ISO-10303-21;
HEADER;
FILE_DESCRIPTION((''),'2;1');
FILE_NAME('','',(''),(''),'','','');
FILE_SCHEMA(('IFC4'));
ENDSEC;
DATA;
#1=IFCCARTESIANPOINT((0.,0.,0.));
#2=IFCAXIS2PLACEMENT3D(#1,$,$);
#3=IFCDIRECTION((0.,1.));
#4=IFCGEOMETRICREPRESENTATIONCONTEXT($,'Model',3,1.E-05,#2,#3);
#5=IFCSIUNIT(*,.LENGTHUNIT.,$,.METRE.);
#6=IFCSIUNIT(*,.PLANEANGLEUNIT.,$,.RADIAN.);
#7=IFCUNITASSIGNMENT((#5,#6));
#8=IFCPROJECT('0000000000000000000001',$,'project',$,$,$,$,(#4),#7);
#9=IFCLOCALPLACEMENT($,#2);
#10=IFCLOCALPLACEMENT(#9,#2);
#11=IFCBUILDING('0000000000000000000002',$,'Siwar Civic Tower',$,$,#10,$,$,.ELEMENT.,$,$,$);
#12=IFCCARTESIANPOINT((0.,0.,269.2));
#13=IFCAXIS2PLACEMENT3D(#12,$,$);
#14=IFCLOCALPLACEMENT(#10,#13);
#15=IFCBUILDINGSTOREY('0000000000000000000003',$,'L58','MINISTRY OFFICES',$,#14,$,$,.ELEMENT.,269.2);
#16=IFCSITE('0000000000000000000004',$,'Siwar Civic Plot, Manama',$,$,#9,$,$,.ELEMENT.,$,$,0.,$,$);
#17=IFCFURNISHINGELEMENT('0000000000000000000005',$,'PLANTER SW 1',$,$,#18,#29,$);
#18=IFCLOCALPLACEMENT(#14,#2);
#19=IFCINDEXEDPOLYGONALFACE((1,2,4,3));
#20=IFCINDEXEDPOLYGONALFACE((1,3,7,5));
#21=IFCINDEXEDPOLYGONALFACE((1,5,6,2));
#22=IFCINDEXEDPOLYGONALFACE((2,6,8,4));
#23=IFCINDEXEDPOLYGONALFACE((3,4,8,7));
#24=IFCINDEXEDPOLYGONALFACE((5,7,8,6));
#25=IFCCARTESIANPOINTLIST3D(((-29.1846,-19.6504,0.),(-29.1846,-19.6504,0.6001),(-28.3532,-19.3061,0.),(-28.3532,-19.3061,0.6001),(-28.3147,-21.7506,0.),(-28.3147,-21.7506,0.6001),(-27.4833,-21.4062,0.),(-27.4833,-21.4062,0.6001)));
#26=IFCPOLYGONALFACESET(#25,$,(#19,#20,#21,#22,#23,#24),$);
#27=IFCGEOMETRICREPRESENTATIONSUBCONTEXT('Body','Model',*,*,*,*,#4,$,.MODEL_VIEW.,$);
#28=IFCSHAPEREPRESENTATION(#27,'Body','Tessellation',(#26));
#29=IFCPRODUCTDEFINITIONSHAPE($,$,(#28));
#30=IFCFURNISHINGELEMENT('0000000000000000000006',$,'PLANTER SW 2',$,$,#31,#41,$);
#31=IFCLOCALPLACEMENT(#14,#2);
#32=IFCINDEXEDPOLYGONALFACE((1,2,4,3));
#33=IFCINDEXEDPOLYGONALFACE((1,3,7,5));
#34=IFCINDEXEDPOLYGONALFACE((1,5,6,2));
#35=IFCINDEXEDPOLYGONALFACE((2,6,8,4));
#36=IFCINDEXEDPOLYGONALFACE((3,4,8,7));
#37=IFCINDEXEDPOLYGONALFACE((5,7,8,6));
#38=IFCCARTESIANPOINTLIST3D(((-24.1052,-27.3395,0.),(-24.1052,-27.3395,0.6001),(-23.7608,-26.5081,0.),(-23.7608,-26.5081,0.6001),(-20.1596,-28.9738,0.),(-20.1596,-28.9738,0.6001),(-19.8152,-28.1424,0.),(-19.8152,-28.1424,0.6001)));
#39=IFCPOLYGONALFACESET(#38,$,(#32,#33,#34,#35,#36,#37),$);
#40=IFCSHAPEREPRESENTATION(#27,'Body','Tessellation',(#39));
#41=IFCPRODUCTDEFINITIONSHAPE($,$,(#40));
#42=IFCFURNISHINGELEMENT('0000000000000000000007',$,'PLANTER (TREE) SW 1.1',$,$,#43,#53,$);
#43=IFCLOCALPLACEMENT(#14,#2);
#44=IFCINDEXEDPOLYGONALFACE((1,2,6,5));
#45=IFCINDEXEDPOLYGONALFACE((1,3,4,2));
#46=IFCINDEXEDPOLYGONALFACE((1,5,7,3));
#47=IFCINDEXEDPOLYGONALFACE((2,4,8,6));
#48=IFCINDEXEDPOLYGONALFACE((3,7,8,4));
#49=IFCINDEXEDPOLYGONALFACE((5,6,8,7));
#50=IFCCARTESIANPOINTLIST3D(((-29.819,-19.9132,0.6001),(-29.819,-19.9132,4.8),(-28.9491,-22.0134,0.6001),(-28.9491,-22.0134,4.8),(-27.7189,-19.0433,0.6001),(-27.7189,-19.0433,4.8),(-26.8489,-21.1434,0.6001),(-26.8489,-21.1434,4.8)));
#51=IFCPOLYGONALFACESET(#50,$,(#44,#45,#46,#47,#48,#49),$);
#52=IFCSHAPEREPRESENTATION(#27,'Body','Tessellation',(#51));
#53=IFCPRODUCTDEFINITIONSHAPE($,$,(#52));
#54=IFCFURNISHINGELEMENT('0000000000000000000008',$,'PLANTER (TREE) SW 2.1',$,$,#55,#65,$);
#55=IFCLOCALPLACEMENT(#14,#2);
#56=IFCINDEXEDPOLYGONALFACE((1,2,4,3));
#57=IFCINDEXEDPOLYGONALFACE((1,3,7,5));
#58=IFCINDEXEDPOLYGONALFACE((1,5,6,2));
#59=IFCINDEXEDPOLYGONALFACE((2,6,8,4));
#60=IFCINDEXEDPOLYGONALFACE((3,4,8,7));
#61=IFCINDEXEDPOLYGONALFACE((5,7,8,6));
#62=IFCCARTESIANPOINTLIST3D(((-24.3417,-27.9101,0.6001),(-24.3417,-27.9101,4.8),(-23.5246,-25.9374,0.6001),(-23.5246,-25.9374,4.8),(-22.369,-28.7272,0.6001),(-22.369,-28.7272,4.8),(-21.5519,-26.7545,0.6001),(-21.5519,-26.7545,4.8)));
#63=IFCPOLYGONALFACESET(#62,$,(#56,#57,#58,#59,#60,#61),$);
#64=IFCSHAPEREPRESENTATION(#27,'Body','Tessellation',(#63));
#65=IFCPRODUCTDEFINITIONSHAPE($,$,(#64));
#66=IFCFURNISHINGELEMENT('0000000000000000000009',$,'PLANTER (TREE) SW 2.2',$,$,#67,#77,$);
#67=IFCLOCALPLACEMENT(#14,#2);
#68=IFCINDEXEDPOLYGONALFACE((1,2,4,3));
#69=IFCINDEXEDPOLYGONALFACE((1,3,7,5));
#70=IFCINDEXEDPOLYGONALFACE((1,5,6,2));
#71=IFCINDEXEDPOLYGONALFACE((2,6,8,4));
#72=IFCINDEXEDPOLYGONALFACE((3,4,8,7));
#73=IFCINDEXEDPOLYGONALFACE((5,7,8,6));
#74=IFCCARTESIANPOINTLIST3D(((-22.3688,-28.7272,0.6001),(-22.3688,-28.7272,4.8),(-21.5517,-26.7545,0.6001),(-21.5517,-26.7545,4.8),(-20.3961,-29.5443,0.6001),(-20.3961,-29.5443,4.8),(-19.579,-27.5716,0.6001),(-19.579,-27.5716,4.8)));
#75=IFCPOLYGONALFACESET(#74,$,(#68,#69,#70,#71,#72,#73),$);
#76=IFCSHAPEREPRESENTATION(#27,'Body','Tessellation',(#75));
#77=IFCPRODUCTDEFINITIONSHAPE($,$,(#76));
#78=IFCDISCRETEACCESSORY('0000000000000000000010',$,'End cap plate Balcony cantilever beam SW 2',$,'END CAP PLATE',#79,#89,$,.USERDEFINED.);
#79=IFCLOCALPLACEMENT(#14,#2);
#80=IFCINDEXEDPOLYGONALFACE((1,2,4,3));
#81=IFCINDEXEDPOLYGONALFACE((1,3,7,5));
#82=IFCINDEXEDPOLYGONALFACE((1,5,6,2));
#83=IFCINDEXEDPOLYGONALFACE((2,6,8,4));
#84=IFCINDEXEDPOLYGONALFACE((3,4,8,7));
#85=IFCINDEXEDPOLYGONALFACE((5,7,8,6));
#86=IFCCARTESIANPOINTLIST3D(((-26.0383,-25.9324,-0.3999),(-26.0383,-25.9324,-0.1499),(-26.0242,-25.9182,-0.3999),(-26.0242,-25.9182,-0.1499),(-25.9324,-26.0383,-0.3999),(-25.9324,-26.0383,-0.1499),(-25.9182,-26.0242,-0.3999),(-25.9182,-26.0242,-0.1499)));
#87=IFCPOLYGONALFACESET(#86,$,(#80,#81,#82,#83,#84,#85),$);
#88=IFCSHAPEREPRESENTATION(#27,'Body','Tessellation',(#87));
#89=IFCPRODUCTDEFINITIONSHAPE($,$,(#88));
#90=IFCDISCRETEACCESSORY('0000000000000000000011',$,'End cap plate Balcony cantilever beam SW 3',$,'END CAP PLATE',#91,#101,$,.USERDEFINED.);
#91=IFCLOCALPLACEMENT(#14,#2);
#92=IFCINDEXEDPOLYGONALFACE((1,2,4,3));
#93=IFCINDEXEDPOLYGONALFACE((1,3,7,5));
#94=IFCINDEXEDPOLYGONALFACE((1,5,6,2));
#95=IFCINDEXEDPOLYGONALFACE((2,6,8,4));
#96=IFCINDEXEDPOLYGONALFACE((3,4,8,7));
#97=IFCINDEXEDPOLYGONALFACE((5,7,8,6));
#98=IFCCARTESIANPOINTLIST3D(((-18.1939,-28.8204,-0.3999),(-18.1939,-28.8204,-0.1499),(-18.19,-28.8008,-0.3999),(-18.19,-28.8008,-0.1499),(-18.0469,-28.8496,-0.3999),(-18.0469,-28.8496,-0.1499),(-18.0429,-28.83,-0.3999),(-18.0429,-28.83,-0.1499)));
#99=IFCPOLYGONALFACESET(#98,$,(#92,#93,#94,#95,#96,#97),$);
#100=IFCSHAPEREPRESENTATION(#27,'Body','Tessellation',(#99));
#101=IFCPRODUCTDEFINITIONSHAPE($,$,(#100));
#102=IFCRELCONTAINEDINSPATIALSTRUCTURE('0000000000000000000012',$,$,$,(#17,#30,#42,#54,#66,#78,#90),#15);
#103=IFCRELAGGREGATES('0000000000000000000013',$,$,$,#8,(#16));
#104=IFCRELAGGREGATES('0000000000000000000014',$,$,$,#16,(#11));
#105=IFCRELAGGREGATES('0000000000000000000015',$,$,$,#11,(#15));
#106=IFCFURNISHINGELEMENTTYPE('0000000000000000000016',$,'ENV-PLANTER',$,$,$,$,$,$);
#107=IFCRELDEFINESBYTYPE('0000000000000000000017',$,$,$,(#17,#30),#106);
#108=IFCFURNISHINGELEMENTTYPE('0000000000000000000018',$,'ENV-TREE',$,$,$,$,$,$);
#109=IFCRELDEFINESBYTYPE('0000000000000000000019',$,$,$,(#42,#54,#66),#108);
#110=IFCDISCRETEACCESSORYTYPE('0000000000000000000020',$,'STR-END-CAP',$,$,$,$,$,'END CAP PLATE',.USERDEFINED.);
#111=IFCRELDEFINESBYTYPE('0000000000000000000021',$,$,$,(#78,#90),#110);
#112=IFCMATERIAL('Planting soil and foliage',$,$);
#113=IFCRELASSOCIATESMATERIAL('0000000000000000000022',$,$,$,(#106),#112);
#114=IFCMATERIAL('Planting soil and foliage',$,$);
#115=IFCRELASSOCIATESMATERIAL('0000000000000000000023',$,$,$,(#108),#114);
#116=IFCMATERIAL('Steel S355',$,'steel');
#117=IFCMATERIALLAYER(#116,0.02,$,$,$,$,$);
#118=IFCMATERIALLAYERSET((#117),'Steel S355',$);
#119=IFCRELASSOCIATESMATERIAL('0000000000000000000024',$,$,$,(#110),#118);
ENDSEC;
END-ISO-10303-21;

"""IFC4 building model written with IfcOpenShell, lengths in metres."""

from ifc_helpers import new_model, si_unit, direction, frame, origin, origin_2d, place, context, subcontext, project, spatial, rectangle, extrude, material, layer, layer_set, type_object, element, save


model = new_model("IFC4")

# Units and contexts
model_context = context("Model", 3, precision=1e-05, world=origin(), true_north=direction((0.0, 1.0)))
body_context = subcontext(model_context, "Body", "Model", "MODEL_VIEW")
ifc_project = project(units=[si_unit("LENGTHUNIT", "METRE"), si_unit("PLANEANGLEUNIT", "RADIAN")], contexts=[model_context])

# Site, building, storey
site_placement = place(None, origin())
site = spatial("IfcSite", under=ifc_project, at=site_placement, Name="Siwar Civic Plot, Manama", CompositionType="ELEMENT", RefElevation=0.0)
building_placement = place(site_placement, origin())
building = spatial("IfcBuilding", under=site, at=building_placement, Name="Siwar Civic Tower", CompositionType="ELEMENT")
storey_placement = place(building_placement, frame((0.0, 0.0, 269.2)))
storey = spatial("IfcBuildingStorey", under=building, at=storey_placement, Name="L58", Description="MINISTRY OFFICES", CompositionType="ELEMENT", Elevation=269.2)

# Furnishing elements
ifc_material_1 = material(Name="Planting soil and foliage")
furnishing_element_type_1 = type_object("IfcFurnishingElementType", Name="ENV-PLANTER", material=ifc_material_1)
furnishing_1_placement = place(storey_placement, frame((-28.334, -20.5283, 0.0), z_axis=(0.0, 0.0, 1.0), x_axis=(0.382683, -0.92388, 0.0)))
element("IfcFurnishingElement", 1, at=furnishing_1_placement, inside=storey, type_object=furnishing_element_type_1, Name="PLANTER SW 1", context=body_context, shape_type="SweptSolid", body=[
    extrude(rectangle(XDim=2.2732, YDim=0.8999, at=origin_2d()), origin(), (0.0, 0.0, 1.0), 0.6001),
])
furnishing_2_placement = place(storey_placement, frame((-21.9602, -27.741, 0.0), z_axis=(0.0, 0.0, 1.0), x_axis=(0.92388, -0.382683, 0.0)))
element("IfcFurnishingElement", 2, at=furnishing_2_placement, inside=storey, type_object=furnishing_element_type_1, Name="PLANTER SW 2", context=body_context, shape_type="SweptSolid", body=[
    extrude(rectangle(XDim=4.2708, YDim=0.8999, at=origin_2d()), origin(), (0.0, 0.0, 1.0), 0.6001),
])
ifc_material_2 = material(Name="Planting soil and foliage")
furnishing_element_type_2 = type_object("IfcFurnishingElementType", Name="ENV-TREE", material=ifc_material_2)
furnishing_3_placement = place(storey_placement, frame((-28.334, -20.5283, 0.6001), z_axis=(0.0, 0.0, 1.0), x_axis=(0.382683, -0.92388, 0.0)))
element("IfcFurnishingElement", 3, at=furnishing_3_placement, inside=storey, type_object=furnishing_element_type_2, Name="PLANTER (TREE) SW 1.1", context=body_context, shape_type="SweptSolid", body=[
    extrude(rectangle(XDim=2.2732, YDim=2.2732, at=origin_2d()), origin(), (0.0, 0.0, 1.0), 4.2),
])
for number, where, z_axis, x_axis, name in (
    (4, (-22.9468, -27.3323, 0.6001), (0.0, 0.0, 1.0), (0.92388, -0.382683, 0.0), "PLANTER (TREE) SW 2.1"),
    (5, (-20.9739, -28.1494, 0.6001), (0.0, 0.0, 1.0), (0.92388, -0.382683, 0.0), "PLANTER (TREE) SW 2.2"),
):
    element("IfcFurnishingElement", number, at=place(storey_placement, frame(where, z_axis=z_axis, x_axis=x_axis)), inside=storey, type_object=furnishing_element_type_2, Name=name, context=body_context, shape_type="SweptSolid", body=[
        extrude(rectangle(XDim=2.1353, YDim=2.1353, at=origin_2d()), origin(), (0.0, 0.0, 1.0), 4.2),
    ])

# Discrete accessories
ifc_material_3 = material(Name="Steel S355", Category="steel")
ifc_layer_1 = layer(ifc_material_3, 0.02)
ifc_layer_set_1 = layer_set([ifc_layer_1], Name="Steel S355")
discrete_accessory_type = type_object("IfcDiscreteAccessoryType", Name="STR-END-CAP", ElementType="END CAP PLATE", PredefinedType="USERDEFINED", material=ifc_layer_set_1)
for number, where, z_axis, x_axis, name in (
    (6, (-25.9783, -25.9783, -0.3999), (0.0, 0.0, 1.0), (-0.707107, -0.707107, 0.0), "End cap plate Balcony cantilever beam SW 2"),
    (7, (-18.1184, -28.8252, -0.3999), (0.0, 0.0, 1.0), (-0.19509, -0.980785, 0.0), "End cap plate Balcony cantilever beam SW 3"),
):
    element("IfcDiscreteAccessory", number, at=place(storey_placement, frame(where, z_axis=z_axis, x_axis=x_axis)), inside=storey, type_object=discrete_accessory_type, Name=name, ObjectType="END CAP PLATE", PredefinedType="USERDEFINED", context=body_context, shape_type="SweptSolid", body=[
        extrude(rectangle(XDim=0.02, YDim=0.1499, at=origin_2d()), origin(), (0.0, 0.0, 1.0), 0.25),
    ])

save(model, "model.ifc")
